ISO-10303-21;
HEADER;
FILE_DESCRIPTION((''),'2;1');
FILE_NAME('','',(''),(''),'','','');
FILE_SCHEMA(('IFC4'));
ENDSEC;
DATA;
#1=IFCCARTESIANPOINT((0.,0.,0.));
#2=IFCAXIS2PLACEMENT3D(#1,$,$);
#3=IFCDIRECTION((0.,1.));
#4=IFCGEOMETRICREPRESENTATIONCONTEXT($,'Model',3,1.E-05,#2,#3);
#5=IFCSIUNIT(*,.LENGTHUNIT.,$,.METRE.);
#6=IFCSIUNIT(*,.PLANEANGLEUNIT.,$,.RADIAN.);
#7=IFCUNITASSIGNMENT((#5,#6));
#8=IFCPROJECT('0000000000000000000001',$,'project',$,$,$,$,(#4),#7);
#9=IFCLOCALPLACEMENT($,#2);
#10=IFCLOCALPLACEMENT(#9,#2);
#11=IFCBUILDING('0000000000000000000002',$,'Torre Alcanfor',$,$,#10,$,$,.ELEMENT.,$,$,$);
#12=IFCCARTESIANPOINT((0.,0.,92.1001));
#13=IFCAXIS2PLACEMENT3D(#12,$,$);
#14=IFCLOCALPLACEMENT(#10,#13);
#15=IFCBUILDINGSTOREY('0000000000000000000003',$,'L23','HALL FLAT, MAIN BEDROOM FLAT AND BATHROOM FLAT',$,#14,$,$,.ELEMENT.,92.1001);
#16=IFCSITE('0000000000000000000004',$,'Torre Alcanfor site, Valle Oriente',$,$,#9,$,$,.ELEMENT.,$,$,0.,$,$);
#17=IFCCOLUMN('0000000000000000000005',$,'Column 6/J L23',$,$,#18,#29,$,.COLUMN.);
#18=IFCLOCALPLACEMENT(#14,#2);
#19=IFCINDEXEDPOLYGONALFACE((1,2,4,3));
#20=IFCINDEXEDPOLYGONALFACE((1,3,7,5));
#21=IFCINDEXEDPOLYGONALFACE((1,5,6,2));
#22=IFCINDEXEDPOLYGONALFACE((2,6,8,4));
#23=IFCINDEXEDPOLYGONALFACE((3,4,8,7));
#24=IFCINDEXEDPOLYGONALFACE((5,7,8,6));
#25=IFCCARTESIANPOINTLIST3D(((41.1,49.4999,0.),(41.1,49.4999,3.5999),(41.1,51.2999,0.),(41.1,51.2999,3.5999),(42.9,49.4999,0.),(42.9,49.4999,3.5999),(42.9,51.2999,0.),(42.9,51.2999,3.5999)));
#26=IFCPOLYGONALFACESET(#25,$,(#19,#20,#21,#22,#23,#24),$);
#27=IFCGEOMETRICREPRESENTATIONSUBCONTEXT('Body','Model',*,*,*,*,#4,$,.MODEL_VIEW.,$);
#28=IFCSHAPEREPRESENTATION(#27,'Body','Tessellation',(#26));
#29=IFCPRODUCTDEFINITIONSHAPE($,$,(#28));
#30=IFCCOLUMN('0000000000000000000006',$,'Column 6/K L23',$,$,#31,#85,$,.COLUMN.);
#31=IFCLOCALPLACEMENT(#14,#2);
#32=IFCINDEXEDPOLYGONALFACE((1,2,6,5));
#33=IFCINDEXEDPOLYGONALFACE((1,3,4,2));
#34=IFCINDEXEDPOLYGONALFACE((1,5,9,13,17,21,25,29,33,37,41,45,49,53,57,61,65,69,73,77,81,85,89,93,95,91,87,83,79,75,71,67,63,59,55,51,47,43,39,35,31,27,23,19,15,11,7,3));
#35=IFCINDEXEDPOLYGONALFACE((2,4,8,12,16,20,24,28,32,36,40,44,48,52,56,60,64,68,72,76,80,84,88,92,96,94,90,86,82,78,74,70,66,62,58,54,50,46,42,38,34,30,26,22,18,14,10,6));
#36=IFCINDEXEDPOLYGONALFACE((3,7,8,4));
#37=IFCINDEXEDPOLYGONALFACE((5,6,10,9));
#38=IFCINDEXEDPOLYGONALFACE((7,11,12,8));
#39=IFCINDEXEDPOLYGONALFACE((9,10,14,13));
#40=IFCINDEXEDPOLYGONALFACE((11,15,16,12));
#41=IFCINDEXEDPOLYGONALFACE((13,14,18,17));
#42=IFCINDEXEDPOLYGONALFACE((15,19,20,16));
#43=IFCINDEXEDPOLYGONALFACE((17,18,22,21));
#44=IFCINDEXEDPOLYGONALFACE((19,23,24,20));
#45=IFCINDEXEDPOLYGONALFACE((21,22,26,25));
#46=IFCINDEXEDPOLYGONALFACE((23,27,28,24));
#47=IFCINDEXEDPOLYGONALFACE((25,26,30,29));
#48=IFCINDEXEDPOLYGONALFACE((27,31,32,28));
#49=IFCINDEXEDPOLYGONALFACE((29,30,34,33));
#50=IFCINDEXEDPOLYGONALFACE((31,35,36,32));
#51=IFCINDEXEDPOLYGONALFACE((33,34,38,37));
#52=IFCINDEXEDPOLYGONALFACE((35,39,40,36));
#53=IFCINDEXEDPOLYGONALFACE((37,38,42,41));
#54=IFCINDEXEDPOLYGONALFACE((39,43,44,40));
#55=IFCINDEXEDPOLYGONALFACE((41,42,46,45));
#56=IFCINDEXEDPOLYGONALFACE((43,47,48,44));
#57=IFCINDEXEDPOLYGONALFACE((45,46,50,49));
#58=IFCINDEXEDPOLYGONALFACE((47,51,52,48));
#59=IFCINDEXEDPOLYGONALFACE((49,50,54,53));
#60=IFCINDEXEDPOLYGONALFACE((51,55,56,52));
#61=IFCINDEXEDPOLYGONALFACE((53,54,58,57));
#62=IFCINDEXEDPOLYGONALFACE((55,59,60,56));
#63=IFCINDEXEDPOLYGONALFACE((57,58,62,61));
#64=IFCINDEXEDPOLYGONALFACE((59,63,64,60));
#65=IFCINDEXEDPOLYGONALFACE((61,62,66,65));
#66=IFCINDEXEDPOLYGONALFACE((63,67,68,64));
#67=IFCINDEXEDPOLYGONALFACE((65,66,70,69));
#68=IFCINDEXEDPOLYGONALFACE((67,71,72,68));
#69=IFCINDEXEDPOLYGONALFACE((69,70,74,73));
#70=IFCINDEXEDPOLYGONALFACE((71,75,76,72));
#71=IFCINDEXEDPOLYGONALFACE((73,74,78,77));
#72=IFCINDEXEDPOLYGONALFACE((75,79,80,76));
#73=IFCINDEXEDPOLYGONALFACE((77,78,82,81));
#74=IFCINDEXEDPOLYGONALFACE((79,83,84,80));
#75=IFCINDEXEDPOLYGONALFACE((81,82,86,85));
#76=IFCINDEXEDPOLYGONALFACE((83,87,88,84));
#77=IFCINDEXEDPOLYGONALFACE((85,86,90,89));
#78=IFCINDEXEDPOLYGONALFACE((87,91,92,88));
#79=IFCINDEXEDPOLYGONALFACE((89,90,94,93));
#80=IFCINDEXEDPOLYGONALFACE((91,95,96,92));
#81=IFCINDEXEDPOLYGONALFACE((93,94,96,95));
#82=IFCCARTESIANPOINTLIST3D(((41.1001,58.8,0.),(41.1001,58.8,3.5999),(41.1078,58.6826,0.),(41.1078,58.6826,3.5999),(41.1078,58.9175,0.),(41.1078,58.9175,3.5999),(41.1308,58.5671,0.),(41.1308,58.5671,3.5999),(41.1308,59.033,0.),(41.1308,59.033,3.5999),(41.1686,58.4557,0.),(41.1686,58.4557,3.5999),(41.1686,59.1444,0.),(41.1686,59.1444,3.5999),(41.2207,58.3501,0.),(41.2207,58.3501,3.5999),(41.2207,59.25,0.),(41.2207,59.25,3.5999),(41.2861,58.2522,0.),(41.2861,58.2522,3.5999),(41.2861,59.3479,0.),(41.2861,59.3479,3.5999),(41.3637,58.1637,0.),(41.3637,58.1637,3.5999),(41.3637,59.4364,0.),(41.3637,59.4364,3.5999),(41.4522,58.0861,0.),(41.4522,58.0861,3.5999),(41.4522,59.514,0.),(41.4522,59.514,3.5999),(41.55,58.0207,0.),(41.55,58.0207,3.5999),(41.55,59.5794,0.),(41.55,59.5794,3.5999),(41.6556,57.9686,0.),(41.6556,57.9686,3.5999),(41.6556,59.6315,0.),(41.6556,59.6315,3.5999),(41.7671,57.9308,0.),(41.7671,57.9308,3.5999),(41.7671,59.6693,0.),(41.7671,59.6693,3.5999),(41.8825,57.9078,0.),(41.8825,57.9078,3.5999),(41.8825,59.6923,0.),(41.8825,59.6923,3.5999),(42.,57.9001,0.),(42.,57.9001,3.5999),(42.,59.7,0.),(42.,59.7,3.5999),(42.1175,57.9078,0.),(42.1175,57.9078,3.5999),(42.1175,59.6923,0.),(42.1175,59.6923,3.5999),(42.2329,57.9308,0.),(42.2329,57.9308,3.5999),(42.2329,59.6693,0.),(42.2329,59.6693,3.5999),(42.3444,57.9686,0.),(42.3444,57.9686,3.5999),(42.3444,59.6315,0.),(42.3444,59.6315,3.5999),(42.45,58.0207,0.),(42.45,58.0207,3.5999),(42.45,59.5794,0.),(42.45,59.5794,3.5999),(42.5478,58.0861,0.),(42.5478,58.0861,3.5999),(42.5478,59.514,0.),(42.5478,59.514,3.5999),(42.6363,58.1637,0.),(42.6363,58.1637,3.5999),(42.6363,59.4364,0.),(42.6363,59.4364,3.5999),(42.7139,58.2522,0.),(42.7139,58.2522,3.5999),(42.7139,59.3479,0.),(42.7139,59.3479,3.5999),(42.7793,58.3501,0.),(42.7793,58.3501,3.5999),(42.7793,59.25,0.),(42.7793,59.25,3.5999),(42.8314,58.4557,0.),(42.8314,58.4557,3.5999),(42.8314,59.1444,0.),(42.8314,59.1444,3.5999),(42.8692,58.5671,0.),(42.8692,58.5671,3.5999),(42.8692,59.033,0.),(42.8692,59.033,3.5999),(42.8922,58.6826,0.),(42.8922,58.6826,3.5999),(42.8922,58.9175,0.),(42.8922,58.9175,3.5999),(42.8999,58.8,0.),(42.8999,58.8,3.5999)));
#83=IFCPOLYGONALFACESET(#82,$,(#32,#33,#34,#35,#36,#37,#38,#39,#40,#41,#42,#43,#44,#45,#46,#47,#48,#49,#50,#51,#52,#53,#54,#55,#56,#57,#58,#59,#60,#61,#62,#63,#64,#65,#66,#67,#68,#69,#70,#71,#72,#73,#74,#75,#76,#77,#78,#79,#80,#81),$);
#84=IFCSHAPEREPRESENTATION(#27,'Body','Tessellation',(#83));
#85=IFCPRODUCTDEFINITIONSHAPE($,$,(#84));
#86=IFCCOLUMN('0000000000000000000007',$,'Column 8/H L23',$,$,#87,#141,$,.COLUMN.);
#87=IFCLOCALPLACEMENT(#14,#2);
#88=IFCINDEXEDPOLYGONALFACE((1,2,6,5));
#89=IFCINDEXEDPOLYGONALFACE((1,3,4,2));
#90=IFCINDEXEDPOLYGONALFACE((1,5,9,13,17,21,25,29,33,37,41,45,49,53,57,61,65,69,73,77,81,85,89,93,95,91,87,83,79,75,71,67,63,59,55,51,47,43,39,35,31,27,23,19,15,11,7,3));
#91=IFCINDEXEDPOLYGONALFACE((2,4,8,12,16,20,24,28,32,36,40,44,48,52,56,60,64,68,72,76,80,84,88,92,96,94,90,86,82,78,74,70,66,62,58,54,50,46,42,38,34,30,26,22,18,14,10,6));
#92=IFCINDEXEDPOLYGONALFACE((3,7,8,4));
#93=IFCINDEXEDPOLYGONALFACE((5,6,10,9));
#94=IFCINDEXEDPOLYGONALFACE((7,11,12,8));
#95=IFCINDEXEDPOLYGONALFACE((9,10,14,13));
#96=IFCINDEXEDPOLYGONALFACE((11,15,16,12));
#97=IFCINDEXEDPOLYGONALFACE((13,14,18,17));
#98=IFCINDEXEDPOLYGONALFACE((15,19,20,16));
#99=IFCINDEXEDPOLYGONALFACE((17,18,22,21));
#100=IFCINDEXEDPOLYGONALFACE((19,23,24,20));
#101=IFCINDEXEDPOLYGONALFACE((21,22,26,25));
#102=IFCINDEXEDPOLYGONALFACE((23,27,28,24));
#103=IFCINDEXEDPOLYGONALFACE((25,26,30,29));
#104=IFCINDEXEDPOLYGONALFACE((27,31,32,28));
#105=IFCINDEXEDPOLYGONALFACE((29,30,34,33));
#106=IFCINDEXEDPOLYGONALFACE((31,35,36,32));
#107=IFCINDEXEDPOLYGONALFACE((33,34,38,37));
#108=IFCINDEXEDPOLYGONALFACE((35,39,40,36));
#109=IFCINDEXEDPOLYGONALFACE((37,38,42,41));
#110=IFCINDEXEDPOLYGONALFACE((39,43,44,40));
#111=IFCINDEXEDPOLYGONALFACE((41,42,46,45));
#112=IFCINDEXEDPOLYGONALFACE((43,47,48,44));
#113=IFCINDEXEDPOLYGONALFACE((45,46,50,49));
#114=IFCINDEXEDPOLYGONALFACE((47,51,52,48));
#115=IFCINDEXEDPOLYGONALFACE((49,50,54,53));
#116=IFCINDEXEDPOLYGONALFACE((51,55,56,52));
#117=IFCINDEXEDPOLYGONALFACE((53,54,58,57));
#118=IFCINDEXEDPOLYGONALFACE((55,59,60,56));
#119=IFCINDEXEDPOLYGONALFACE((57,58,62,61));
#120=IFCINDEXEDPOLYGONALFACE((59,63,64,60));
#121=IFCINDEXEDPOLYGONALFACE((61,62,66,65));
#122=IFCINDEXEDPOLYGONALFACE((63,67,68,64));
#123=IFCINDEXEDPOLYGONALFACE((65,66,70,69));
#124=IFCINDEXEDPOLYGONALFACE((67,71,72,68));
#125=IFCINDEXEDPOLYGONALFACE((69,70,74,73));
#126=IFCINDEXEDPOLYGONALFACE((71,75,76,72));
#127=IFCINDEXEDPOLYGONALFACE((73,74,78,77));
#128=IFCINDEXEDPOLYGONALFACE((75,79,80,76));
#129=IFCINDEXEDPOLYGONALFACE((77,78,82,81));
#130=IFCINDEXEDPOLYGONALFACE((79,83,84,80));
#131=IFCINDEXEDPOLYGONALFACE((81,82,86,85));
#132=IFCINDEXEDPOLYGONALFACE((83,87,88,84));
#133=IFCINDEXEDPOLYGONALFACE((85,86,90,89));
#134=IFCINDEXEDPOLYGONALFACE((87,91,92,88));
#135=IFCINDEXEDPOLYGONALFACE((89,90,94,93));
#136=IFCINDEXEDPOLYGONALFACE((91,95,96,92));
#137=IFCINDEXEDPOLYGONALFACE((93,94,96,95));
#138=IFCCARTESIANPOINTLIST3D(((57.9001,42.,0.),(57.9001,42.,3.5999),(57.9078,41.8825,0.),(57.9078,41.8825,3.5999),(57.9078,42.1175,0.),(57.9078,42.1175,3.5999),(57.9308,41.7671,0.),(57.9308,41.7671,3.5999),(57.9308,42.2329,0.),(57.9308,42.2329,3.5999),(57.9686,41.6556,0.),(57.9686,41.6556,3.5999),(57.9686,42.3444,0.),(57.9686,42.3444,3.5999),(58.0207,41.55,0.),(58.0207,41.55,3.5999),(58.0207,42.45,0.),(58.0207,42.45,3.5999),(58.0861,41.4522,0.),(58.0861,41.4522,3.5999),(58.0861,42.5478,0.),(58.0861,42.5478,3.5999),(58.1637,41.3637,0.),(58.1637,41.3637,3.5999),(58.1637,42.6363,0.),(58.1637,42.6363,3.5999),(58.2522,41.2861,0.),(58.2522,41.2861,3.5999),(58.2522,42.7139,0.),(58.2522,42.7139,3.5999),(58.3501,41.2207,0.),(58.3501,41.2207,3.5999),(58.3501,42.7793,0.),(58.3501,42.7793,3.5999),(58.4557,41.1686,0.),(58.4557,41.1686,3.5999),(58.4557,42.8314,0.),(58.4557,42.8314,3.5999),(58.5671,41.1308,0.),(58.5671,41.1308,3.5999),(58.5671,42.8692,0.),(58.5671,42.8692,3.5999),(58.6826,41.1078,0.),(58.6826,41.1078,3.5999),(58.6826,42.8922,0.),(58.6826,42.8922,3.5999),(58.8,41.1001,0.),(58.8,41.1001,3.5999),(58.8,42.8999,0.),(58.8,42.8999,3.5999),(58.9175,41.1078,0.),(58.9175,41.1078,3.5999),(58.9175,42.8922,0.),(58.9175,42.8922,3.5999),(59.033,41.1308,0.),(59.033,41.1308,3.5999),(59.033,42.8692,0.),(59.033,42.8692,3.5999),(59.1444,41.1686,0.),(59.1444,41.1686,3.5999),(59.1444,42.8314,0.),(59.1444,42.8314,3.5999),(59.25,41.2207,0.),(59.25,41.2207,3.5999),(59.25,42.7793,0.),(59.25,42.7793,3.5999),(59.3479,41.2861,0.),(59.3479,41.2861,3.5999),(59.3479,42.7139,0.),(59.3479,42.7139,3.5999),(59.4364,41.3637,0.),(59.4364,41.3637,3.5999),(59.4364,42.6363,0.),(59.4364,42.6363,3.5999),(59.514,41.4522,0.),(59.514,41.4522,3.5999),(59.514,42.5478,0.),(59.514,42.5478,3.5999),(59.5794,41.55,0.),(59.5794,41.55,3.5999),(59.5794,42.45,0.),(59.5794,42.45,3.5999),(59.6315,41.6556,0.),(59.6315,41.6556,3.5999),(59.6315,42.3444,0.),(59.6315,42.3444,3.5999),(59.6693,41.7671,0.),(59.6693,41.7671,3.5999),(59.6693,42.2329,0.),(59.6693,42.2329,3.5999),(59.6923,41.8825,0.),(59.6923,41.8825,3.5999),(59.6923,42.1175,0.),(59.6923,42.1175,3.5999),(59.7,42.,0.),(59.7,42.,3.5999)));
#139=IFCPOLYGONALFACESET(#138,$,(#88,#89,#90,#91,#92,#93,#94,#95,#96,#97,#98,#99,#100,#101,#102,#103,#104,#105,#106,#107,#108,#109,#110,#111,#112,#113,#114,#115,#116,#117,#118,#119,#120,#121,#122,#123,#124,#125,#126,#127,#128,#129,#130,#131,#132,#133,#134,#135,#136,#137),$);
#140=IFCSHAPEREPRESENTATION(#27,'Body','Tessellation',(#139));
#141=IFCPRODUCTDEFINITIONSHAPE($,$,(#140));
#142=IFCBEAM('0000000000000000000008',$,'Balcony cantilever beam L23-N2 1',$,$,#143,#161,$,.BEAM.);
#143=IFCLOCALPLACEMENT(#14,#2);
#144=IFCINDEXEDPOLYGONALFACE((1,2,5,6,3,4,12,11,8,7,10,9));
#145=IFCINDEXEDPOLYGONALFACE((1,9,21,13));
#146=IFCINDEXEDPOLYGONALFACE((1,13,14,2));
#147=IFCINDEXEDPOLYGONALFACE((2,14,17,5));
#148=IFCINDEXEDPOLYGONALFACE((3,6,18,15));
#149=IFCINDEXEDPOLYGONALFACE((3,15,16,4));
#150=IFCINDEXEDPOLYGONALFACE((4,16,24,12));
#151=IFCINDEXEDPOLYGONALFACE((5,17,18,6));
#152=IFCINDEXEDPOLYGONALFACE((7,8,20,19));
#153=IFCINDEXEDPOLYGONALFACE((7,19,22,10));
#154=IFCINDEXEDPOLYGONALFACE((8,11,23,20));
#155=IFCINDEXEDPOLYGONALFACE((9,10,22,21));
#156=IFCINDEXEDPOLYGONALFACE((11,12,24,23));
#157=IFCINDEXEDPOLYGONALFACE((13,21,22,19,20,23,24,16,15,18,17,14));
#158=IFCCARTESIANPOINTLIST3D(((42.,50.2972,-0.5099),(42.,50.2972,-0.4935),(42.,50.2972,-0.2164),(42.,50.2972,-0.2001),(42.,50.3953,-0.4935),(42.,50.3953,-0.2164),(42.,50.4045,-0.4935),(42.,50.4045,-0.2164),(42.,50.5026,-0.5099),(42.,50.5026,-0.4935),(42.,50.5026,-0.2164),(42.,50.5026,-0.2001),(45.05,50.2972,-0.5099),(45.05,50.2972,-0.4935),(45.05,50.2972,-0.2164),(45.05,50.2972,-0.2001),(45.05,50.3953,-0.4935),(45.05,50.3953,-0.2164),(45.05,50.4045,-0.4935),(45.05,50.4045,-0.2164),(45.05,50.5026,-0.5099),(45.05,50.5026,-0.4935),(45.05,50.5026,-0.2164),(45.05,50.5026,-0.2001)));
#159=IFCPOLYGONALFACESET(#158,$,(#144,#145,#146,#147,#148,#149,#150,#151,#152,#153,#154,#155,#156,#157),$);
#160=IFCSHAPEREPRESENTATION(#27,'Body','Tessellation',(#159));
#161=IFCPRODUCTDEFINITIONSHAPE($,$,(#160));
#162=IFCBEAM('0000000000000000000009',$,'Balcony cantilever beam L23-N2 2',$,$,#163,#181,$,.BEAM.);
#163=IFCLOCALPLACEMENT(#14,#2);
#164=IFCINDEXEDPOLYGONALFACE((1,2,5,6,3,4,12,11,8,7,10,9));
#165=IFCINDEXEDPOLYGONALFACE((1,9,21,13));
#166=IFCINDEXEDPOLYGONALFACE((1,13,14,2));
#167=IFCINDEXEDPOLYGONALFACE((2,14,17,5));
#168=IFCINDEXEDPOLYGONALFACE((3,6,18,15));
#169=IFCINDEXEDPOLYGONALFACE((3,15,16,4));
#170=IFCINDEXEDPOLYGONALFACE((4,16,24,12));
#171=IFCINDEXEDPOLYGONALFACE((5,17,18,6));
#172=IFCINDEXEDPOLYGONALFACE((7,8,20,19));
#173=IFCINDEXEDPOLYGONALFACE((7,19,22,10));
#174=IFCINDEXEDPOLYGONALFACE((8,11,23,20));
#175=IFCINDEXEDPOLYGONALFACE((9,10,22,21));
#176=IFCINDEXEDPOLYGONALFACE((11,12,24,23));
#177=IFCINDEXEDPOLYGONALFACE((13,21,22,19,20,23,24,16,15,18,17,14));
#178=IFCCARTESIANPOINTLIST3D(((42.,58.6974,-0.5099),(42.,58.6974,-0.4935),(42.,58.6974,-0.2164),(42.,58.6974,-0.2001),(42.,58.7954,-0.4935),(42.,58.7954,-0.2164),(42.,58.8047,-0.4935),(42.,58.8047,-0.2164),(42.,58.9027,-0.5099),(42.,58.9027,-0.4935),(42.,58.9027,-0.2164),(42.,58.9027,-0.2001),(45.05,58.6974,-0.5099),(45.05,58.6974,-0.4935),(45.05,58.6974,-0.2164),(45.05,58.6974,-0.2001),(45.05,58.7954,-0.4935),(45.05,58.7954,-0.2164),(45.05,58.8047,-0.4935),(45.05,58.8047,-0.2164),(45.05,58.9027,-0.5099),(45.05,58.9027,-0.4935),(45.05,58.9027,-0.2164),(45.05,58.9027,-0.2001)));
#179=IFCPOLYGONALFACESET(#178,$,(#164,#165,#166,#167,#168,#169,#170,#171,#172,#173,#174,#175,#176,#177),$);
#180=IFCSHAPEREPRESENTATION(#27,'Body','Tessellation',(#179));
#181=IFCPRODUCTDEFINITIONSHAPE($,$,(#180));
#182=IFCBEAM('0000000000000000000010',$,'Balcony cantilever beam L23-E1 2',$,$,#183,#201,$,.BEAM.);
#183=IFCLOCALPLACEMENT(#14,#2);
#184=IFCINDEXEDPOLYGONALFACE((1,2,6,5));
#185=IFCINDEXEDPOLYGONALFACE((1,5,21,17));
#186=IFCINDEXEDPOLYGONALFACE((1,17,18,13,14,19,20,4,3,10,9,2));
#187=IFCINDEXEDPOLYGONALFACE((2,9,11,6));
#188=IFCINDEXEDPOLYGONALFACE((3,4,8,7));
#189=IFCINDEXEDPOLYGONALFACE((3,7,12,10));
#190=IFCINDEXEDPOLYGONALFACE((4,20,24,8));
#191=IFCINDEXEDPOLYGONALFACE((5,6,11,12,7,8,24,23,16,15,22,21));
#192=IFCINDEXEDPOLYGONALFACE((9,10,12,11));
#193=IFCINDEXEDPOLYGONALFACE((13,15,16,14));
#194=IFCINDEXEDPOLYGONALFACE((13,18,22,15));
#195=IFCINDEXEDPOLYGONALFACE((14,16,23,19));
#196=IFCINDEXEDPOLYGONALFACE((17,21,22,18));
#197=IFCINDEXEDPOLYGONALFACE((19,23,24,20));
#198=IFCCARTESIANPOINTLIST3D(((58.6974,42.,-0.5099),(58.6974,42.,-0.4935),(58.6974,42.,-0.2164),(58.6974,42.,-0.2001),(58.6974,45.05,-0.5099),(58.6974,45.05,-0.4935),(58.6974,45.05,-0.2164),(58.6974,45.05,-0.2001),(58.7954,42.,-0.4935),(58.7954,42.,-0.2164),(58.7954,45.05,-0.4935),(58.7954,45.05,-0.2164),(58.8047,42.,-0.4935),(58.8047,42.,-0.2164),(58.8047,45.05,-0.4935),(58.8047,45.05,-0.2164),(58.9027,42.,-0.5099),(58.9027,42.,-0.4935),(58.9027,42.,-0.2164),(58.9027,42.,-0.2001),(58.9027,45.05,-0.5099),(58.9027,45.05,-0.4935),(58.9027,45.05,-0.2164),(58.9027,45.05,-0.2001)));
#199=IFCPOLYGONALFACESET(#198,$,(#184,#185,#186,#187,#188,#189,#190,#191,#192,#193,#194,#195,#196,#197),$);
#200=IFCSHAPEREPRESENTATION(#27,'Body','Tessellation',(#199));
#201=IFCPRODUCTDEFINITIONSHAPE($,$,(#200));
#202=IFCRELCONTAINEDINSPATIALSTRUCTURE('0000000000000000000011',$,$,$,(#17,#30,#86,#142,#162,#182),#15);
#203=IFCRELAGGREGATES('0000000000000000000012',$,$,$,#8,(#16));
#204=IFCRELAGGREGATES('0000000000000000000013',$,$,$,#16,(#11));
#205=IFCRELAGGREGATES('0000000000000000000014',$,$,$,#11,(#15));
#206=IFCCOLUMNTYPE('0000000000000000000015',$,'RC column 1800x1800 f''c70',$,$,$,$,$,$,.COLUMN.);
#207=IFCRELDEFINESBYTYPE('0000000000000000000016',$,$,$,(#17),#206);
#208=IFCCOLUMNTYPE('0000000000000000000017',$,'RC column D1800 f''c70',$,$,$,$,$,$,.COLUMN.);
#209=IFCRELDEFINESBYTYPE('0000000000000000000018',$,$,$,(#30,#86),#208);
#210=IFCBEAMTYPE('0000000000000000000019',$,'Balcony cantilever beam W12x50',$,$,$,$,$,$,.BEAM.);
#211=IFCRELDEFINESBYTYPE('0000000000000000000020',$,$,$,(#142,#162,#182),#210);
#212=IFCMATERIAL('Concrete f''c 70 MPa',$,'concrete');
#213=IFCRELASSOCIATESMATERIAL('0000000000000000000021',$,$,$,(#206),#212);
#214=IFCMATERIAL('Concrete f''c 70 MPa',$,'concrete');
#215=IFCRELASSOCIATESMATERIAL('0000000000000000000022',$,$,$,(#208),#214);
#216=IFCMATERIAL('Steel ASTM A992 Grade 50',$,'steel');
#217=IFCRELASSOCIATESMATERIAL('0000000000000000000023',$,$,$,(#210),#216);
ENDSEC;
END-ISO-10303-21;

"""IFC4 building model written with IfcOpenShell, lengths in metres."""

from ifc_helpers import new_model, si_unit, direction, frame, origin, origin_2d, place, context, subcontext, project, spatial, rectangle, circle, i_section, extrude, material, material_profile, profile_set, type_object, element, save


model = new_model("IFC4")

# Units and contexts
model_context = context("Model", 3, precision=1e-05, world=origin(), true_north=direction((0.0, 1.0)))
body_context = subcontext(model_context, "Body", "Model", "MODEL_VIEW")
ifc_project = project(units=[si_unit("LENGTHUNIT", "METRE"), si_unit("PLANEANGLEUNIT", "RADIAN")], contexts=[model_context])

# Site, building, storey
site_placement = place(None, origin())
site = spatial("IfcSite", under=ifc_project, at=site_placement, Name="Torre Alcanfor site, Valle Oriente", CompositionType="ELEMENT", RefElevation=0.0)
building_placement = place(site_placement, origin())
building = spatial("IfcBuilding", under=site, at=building_placement, Name="Torre Alcanfor", CompositionType="ELEMENT")
storey_placement = place(building_placement, frame((0.0, 0.0, 92.1001)))
storey = spatial("IfcBuildingStorey", under=building, at=storey_placement, Name="L23", Description="HALL FLAT, MAIN BEDROOM FLAT AND BATHROOM FLAT", CompositionType="ELEMENT", Elevation=92.1001)

# Columns
ifc_material_1 = material(Name="Concrete f'c 70 MPa", Category="concrete")
ifc_material_profile_1 = material_profile(ifc_material_1, rectangle(XDim=1.8, YDim=1.8, at=origin_2d()), Name="1800x1800")
ifc_profile_set_1 = profile_set([ifc_material_profile_1], Name="Concrete f'c 70 MPa")
column_type_1 = type_object("IfcColumnType", Name="RC column 1800x1800 f'c70", PredefinedType="COLUMN", material=ifc_profile_set_1)
column_placement = place(storey_placement, frame((42.0, 50.3999, 0.0), z_axis=(0.0, 0.0, 1.0), x_axis=(1.0, 0.0, 0.0)))
element("IfcColumn", 1, at=column_placement, inside=storey, type_object=column_type_1, Name="Column 6/J L23", PredefinedType="COLUMN", context=body_context, shape_type="SweptSolid", body=[
    extrude(rectangle(XDim=1.8, YDim=1.8, at=origin_2d()), origin(), (0.0, 0.0, 1.0), 3.5999),
])
ifc_material_2 = material(Name="Concrete f'c 70 MPa", Category="concrete")
ifc_material_profile_2 = material_profile(ifc_material_2, circle(Radius=0.8999, at=origin_2d()), Name="D1800")
ifc_profile_set_2 = profile_set([ifc_material_profile_2], Name="Concrete f'c 70 MPa")
column_type_2 = type_object("IfcColumnType", Name="RC column D1800 f'c70", PredefinedType="COLUMN", material=ifc_profile_set_2)
for number, where, z_axis, x_axis, name in (
    (2, (42.0, 58.8, 0.0), (0.0, 0.0, 1.0), (1.0, 0.0, 0.0), "Column 6/K L23"),
    (3, (58.8, 42.0, 0.0), (0.0, 0.0, 1.0), (1.0, 0.0, 0.0), "Column 8/H L23"),
):
    element("IfcColumn", number, at=place(storey_placement, frame(where, z_axis=z_axis, x_axis=x_axis)), inside=storey, type_object=column_type_2, Name=name, PredefinedType="COLUMN", context=body_context, shape_type="SweptSolid", body=[
        extrude(circle(Radius=0.8999, at=origin_2d()), origin(), (0.0, 0.0, 1.0), 3.5999),
    ])

# Beams
ifc_material_3 = material(Name="Steel ASTM A992 Grade 50", Category="steel")
ifc_material_profile_3 = material_profile(ifc_material_3, i_section(OverallWidth=0.2053, OverallDepth=0.3098, WebThickness=0.0093, FlangeThickness=0.0164, at=origin_2d()), Name="W12x50")
ifc_profile_set_3 = profile_set([ifc_material_profile_3], Name="Steel ASTM A992 Grade 50")
beam_type_1 = type_object("IfcBeamType", Name="Balcony cantilever beam W12x50", PredefinedType="BEAM", material=ifc_profile_set_3)
for number, where, z_axis, x_axis, name in (
    (4, (42.0, 50.3999, -0.355), (1.0, 0.0, 0.0), (0.0, 1.0, 0.0), "Balcony cantilever beam L23-N2 1"),
    (5, (42.0, 58.8, -0.355), (1.0, 0.0, 0.0), (0.0, 1.0, 0.0), "Balcony cantilever beam L23-N2 2"),
    (6, (58.8, 42.0, -0.355), (0.0, 1.0, 0.0), (-1.0, 0.0, 0.0), "Balcony cantilever beam L23-E1 2"),
):
    element("IfcBeam", number, at=place(storey_placement, frame(where, z_axis=z_axis, x_axis=x_axis)), inside=storey, type_object=beam_type_1, Name=name, PredefinedType="BEAM", context=body_context, shape_type="SweptSolid", body=[
        extrude(i_section(OverallWidth=0.2053, OverallDepth=0.3098, WebThickness=0.0093, FlangeThickness=0.0164, at=origin_2d()), origin(), (0.0, 0.0, 1.0), 3.05),
    ])

save(model, "model.ifc")
